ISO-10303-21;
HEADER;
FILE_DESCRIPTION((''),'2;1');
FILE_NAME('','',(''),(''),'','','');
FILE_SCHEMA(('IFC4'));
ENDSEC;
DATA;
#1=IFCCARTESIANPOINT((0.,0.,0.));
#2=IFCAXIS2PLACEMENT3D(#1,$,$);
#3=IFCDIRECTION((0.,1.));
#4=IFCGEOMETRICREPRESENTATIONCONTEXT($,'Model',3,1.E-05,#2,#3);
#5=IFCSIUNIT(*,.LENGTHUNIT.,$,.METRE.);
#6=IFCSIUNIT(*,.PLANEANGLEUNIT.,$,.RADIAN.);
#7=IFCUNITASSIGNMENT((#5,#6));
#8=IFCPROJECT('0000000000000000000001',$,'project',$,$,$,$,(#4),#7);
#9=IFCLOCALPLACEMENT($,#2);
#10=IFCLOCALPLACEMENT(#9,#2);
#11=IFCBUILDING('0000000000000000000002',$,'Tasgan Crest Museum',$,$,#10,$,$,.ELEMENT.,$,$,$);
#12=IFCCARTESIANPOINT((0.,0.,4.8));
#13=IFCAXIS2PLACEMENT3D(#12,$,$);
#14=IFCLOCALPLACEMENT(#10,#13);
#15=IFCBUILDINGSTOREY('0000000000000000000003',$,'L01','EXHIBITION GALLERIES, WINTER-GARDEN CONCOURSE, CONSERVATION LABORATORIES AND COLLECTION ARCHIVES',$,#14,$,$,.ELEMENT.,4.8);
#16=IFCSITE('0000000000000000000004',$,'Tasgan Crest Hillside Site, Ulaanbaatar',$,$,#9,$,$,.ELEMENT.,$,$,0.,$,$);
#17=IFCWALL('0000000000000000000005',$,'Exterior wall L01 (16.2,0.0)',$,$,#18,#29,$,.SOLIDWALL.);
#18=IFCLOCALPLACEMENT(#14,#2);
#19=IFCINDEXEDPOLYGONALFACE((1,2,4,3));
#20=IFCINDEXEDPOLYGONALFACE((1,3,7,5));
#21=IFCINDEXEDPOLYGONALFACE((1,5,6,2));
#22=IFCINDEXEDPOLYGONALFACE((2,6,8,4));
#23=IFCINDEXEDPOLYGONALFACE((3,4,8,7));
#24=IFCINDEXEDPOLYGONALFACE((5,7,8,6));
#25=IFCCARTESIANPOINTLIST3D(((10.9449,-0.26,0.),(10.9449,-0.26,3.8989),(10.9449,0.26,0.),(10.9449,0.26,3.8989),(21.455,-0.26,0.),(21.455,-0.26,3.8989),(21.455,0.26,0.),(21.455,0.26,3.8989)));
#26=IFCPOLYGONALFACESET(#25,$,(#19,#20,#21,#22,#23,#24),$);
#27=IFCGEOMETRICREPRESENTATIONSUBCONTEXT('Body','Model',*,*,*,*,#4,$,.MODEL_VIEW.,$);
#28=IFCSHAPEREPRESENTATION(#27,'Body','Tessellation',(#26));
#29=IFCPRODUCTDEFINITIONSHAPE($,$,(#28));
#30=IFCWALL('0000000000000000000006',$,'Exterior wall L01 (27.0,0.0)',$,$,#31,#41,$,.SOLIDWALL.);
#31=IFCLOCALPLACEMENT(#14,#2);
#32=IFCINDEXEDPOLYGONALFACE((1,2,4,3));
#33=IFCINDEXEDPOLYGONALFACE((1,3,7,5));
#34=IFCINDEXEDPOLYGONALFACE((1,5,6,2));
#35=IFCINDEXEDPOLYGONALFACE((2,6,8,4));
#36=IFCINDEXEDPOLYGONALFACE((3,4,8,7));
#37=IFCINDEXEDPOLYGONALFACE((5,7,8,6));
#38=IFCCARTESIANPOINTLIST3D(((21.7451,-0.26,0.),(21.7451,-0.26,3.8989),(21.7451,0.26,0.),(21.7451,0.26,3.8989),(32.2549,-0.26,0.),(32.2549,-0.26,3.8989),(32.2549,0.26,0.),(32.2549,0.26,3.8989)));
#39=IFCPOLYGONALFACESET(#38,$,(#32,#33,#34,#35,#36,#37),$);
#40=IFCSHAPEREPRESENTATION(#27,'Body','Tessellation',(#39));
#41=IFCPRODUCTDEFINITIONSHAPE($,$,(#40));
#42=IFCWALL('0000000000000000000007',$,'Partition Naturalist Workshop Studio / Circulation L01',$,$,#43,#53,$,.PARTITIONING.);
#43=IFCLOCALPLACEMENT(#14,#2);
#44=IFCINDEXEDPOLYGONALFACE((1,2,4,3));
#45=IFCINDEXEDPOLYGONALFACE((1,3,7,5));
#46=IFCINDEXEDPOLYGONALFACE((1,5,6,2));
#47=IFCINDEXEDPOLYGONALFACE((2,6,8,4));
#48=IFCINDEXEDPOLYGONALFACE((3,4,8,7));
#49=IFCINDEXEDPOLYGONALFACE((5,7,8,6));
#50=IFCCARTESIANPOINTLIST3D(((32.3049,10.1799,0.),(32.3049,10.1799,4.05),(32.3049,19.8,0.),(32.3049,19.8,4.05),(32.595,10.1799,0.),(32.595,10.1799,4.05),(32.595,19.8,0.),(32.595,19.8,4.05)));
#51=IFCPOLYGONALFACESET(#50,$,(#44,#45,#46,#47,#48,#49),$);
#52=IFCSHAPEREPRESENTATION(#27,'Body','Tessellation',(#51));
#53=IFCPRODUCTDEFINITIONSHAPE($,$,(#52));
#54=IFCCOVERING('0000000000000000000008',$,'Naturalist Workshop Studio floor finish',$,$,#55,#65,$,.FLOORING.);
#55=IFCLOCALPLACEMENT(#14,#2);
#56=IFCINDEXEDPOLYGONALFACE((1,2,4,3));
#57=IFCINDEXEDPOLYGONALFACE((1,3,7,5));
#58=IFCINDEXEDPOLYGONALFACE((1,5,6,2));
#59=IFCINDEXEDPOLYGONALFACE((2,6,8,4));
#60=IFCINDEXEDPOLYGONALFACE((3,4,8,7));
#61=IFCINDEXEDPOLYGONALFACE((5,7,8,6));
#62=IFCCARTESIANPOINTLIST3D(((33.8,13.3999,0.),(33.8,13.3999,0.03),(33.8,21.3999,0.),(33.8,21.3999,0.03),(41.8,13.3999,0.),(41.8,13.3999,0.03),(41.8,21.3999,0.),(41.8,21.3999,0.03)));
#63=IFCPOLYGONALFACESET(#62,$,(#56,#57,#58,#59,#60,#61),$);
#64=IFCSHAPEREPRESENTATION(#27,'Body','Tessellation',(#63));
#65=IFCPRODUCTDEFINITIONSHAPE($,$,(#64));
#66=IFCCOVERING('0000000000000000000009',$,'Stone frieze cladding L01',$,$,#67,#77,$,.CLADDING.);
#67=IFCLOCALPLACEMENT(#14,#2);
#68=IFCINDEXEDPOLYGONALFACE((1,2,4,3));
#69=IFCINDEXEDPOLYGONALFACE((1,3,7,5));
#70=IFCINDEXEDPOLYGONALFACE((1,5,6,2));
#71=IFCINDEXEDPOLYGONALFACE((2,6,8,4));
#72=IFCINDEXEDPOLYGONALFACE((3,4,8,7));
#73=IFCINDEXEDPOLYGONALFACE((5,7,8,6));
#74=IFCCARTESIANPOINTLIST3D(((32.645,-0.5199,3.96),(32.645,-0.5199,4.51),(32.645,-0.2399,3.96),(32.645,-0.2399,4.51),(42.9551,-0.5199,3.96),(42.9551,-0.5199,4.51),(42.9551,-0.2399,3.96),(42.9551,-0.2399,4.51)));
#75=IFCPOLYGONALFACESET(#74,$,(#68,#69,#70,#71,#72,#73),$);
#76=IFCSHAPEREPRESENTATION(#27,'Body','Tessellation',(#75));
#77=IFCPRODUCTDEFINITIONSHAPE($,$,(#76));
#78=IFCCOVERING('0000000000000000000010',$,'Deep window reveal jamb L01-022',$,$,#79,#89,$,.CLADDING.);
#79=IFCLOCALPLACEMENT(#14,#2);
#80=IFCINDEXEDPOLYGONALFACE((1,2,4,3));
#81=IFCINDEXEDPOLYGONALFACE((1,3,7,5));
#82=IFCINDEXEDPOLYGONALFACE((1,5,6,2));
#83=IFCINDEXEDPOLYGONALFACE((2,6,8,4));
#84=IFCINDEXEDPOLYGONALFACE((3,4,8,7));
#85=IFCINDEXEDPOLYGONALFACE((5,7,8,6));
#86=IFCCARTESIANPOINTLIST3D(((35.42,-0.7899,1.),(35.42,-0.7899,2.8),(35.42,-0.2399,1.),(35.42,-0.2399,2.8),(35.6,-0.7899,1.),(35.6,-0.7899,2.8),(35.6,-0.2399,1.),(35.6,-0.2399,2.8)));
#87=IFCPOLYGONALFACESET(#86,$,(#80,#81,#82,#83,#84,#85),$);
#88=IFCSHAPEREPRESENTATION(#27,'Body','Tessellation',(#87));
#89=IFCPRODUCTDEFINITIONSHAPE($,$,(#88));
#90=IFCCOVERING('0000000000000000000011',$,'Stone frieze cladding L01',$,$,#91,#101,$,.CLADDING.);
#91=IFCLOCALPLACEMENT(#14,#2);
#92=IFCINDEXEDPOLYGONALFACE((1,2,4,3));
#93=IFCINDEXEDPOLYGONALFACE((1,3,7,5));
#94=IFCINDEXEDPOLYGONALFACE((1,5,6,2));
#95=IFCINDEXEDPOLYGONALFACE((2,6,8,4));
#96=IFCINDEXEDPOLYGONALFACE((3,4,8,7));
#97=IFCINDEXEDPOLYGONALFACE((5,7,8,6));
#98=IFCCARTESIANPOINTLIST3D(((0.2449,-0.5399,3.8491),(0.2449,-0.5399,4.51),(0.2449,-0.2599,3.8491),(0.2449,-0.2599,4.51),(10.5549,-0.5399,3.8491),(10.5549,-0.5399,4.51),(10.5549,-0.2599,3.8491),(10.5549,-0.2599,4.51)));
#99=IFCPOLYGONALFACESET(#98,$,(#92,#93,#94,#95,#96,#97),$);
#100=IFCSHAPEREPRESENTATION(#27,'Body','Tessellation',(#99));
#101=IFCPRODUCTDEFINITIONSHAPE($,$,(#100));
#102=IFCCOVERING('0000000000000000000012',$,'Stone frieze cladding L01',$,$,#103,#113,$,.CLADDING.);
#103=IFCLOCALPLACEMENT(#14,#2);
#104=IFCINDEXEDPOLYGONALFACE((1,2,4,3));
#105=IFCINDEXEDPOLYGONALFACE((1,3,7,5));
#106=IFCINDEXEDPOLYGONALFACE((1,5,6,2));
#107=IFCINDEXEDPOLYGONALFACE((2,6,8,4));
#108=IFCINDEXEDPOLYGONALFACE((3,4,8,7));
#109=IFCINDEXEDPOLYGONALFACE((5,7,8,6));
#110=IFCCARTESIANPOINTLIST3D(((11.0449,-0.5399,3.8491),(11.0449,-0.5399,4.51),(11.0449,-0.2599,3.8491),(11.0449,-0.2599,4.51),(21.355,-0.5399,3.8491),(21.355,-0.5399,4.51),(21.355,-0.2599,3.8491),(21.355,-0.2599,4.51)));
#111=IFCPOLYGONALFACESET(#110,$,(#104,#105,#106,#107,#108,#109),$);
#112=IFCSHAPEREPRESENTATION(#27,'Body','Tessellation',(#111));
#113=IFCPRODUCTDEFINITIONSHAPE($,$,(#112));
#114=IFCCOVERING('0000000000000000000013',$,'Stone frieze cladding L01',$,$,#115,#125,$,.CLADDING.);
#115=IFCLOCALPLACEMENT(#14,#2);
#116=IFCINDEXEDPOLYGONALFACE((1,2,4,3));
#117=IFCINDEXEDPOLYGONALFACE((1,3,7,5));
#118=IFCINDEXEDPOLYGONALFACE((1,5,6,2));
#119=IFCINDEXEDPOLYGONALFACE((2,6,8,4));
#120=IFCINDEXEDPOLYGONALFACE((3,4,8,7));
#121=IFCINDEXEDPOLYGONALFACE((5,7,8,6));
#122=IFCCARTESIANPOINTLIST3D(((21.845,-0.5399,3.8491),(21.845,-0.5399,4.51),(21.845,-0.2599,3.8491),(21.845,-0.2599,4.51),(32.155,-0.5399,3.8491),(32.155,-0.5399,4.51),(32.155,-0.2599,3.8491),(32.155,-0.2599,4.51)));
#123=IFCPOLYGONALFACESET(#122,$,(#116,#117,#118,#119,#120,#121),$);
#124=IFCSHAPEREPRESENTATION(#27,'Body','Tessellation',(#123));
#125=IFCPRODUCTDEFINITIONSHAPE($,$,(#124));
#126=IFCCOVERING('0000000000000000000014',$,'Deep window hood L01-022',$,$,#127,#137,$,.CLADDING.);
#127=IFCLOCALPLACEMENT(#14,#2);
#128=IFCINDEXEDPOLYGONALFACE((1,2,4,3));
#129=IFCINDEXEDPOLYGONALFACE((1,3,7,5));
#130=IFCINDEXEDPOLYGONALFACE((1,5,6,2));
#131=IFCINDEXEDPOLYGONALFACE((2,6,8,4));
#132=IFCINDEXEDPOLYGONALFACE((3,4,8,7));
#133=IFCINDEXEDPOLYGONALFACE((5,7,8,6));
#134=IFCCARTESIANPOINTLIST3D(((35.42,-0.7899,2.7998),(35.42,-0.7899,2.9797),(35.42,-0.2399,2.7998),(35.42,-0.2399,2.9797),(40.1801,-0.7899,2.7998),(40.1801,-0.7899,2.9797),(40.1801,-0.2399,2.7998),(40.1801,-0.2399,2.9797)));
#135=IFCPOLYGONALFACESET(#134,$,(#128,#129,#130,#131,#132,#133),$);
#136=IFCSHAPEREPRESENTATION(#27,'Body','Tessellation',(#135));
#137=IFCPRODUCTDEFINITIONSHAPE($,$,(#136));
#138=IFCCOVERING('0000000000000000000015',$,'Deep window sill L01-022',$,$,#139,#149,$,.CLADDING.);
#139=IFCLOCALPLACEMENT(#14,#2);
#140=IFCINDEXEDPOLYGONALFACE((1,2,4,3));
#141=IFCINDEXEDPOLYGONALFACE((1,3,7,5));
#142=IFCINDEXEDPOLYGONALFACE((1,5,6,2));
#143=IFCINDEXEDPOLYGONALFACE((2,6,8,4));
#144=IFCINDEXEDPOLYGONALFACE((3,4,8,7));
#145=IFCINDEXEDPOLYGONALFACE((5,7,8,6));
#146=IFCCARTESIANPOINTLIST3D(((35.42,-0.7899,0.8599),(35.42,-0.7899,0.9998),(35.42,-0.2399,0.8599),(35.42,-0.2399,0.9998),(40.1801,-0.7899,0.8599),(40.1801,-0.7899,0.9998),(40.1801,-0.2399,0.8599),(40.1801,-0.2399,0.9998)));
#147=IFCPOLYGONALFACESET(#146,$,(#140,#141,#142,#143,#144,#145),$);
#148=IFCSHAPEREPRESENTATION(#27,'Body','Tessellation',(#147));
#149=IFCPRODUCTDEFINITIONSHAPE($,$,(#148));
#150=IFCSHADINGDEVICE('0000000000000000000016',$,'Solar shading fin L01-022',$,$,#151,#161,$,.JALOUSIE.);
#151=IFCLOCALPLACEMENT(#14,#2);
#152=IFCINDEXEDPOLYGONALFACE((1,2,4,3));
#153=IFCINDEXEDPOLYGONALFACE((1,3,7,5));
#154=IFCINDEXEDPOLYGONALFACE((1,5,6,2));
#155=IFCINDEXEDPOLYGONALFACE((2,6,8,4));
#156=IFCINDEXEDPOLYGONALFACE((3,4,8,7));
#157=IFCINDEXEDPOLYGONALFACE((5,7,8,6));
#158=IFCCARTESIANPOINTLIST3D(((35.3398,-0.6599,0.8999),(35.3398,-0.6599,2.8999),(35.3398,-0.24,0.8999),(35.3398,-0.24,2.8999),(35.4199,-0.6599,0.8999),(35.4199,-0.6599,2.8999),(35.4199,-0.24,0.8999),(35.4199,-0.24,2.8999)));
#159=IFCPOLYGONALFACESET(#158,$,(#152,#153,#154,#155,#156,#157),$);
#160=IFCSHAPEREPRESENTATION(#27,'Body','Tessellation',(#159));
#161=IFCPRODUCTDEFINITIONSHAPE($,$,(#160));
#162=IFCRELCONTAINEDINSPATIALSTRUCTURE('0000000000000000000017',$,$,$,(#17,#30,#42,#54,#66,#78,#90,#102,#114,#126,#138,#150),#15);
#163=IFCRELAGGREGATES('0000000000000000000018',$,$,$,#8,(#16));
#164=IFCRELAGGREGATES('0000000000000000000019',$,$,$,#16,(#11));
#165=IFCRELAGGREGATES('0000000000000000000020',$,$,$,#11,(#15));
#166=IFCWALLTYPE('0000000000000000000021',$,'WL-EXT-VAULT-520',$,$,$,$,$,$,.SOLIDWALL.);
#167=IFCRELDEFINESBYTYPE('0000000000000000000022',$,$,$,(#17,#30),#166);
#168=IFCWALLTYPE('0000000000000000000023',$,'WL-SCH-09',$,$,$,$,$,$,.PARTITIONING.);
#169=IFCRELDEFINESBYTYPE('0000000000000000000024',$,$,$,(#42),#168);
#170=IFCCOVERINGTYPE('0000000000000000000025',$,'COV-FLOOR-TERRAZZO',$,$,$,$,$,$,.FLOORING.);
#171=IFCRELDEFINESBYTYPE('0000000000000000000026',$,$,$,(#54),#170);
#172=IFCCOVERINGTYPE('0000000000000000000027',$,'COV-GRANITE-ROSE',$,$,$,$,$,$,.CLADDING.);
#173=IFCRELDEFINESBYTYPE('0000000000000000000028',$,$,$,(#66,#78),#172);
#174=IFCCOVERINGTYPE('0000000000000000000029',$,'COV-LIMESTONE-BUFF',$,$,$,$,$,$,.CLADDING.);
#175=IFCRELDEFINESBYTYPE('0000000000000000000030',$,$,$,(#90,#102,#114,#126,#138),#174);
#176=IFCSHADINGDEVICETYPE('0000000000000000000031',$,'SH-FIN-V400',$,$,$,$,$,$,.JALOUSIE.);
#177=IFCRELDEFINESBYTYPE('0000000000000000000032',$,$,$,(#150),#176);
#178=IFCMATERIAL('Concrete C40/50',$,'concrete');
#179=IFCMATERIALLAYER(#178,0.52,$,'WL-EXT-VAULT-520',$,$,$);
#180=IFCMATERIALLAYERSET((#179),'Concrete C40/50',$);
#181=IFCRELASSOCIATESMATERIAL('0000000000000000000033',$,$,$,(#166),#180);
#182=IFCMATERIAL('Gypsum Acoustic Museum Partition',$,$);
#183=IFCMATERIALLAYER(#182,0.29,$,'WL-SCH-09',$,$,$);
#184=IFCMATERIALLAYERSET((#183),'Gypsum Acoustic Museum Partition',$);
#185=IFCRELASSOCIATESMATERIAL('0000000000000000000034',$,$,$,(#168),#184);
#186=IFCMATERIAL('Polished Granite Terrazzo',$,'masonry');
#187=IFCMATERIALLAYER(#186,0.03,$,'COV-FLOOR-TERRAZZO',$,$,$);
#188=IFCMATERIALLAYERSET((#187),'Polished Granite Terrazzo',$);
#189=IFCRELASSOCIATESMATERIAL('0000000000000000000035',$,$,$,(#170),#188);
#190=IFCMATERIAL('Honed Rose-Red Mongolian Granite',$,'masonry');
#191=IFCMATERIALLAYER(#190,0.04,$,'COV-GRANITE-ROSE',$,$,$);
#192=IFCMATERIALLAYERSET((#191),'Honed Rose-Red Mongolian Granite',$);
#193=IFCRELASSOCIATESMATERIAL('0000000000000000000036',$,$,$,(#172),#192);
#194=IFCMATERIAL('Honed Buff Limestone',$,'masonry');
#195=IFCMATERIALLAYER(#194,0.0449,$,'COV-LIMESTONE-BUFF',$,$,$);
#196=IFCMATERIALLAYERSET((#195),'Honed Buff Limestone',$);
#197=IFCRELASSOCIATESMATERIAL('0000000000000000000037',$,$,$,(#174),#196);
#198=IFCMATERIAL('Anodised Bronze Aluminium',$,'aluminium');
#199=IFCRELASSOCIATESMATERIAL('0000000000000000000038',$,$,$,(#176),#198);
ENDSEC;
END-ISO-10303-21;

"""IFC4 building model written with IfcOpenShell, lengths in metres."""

from ifc_helpers import new_model, si_unit, direction, frame, frame_2d, origin, origin_2d, place, context, subcontext, project, spatial, rectangle, extrude, material, layer, layer_set, type_object, element, save


model = new_model("IFC4")

# Units and contexts
model_context = context("Model", 3, precision=1e-05, world=origin(), true_north=direction((0.0, 1.0)))
body_context = subcontext(model_context, "Body", "Model", "MODEL_VIEW")
ifc_project = project(units=[si_unit("LENGTHUNIT", "METRE"), si_unit("PLANEANGLEUNIT", "RADIAN")], contexts=[model_context])

# Site, building, storey
site_placement = place(None, origin())
site = spatial("IfcSite", under=ifc_project, at=site_placement, Name="Tasgan Crest Hillside Site, Ulaanbaatar", CompositionType="ELEMENT", RefElevation=0.0)
building_placement = place(site_placement, origin())
building = spatial("IfcBuilding", under=site, at=building_placement, Name="Tasgan Crest Museum", CompositionType="ELEMENT")
storey_placement = place(building_placement, frame((0.0, 0.0, 4.8)))
storey = spatial("IfcBuildingStorey", under=building, at=storey_placement, Name="L01", Description="EXHIBITION GALLERIES, WINTER-GARDEN CONCOURSE, CONSERVATION LABORATORIES AND COLLECTION ARCHIVES", CompositionType="ELEMENT", Elevation=4.8)

# Walls
ifc_material_1 = material(Name="Concrete C40/50", Category="concrete")
ifc_layer_1 = layer(ifc_material_1, 0.52, Name="WL-EXT-VAULT-520")
ifc_layer_set_1 = layer_set([ifc_layer_1], Name="Concrete C40/50")
wall_type_1 = type_object("IfcWallType", Name="WL-EXT-VAULT-520", PredefinedType="SOLIDWALL", material=ifc_layer_set_1)
for number, where, z_axis, x_axis, name in (
    (1, (10.9451, 0.0, 0.0), (0.0, 0.0, 1.0), (1.0, 0.0, 0.0), "Exterior wall L01 (16.2,0.0)"),
):
    element("IfcWall", number, at=place(storey_placement, frame(where, z_axis=z_axis, x_axis=x_axis)), inside=storey, type_object=wall_type_1, Name=name, PredefinedType="SOLIDWALL", context=body_context, shape_type="SweptSolid", body=[
        extrude(rectangle(XDim=10.51, YDim=0.52, at=frame_2d((5.2549, 0.0))), origin(), (0.0, 0.0, 1.0), 3.8989),
    ])
wall_1_placement = place(storey_placement, frame((21.7451, 0.0, 0.0), z_axis=(0.0, 0.0, 1.0), x_axis=(1.0, 0.0, 0.0)))
element("IfcWall", 2, at=wall_1_placement, inside=storey, type_object=wall_type_1, Name="Exterior wall L01 (27.0,0.0)", PredefinedType="SOLIDWALL", context=body_context, shape_type="SweptSolid", body=[
    extrude(rectangle(XDim=10.5098, YDim=0.52, at=frame_2d((5.2549, 0.0))), origin(), (0.0, 0.0, 1.0), 3.8989),
])
ifc_material_2 = material(Name="Gypsum Acoustic Museum Partition")
ifc_layer_2 = layer(ifc_material_2, 0.29, Name="WL-SCH-09")
ifc_layer_set_2 = layer_set([ifc_layer_2], Name="Gypsum Acoustic Museum Partition")
wall_type_2 = type_object("IfcWallType", Name="WL-SCH-09", PredefinedType="PARTITIONING", material=ifc_layer_set_2)
wall_2_placement = place(storey_placement, frame((32.45, 10.1799, 0.0), z_axis=(0.0, 0.0, 1.0), x_axis=(0.0, 1.0, 0.0)))
element("IfcWall", 3, at=wall_2_placement, inside=storey, type_object=wall_type_2, Name="Partition Naturalist Workshop Studio / Circulation L01", PredefinedType="PARTITIONING", context=body_context, shape_type="SweptSolid", body=[
    extrude(rectangle(XDim=9.6201, YDim=0.29, at=frame_2d((4.8101, 0.0))), origin(), (0.0, 0.0, 1.0), 4.05),
])

# Coverings
ifc_material_3 = material(Name="Polished Granite Terrazzo", Category="masonry")
ifc_layer_3 = layer(ifc_material_3, 0.03, Name="COV-FLOOR-TERRAZZO")
ifc_layer_set_3 = layer_set([ifc_layer_3], Name="Polished Granite Terrazzo")
covering_type_1 = type_object("IfcCoveringType", Name="COV-FLOOR-TERRAZZO", PredefinedType="FLOORING", material=ifc_layer_set_3)
covering_1_placement = place(storey_placement, frame((37.8, 17.3999, 0.0), z_axis=(0.0, 0.0, 1.0), x_axis=(1.0, 0.0, 0.0)))
element("IfcCovering", 4, at=covering_1_placement, inside=storey, type_object=covering_type_1, Name="Naturalist Workshop Studio floor finish", PredefinedType="FLOORING", context=body_context, shape_type="SweptSolid", body=[
    extrude(rectangle(XDim=8.0, YDim=8.0, at=origin_2d()), origin(), (0.0, 0.0, 1.0), 0.03),
])
ifc_material_4 = material(Name="Honed Rose-Red Mongolian Granite", Category="masonry")
ifc_layer_4 = layer(ifc_material_4, 0.04, Name="COV-GRANITE-ROSE")
ifc_layer_set_4 = layer_set([ifc_layer_4], Name="Honed Rose-Red Mongolian Granite")
covering_type_2 = type_object("IfcCoveringType", Name="COV-GRANITE-ROSE", PredefinedType="CLADDING", material=ifc_layer_set_4)
covering_2_placement = place(storey_placement, frame((37.8, -0.3799, 3.96), z_axis=(0.0, 0.0, 1.0), x_axis=(1.0, 0.0, 0.0)))
element("IfcCovering", 5, at=covering_2_placement, inside=storey, type_object=covering_type_2, Name="Stone frieze cladding L01", PredefinedType="CLADDING", context=body_context, shape_type="SweptSolid", body=[
    extrude(rectangle(XDim=10.3101, YDim=0.28, at=origin_2d()), origin(), (0.0, 0.0, 1.0), 0.55),
])
covering_3_placement = place(storey_placement, frame((35.51, -0.5149, 1.0), z_axis=(0.0, 0.0, 1.0), x_axis=(1.0, 0.0, 0.0)))
element("IfcCovering", 6, at=covering_3_placement, inside=storey, type_object=covering_type_2, Name="Deep window reveal jamb L01-022", PredefinedType="CLADDING", context=body_context, shape_type="SweptSolid", body=[
    extrude(rectangle(XDim=0.1799, YDim=0.55, at=origin_2d()), origin(), (0.0, 0.0, 1.0), 1.8),
])
ifc_material_5 = material(Name="Honed Buff Limestone", Category="masonry")
ifc_layer_5 = layer(ifc_material_5, 0.0449, Name="COV-LIMESTONE-BUFF")
ifc_layer_set_5 = layer_set([ifc_layer_5], Name="Honed Buff Limestone")
covering_type_3 = type_object("IfcCoveringType", Name="COV-LIMESTONE-BUFF", PredefinedType="CLADDING", material=ifc_layer_set_5)
for number, where, z_axis, x_axis, name in (
    (7, (5.3999, -0.3999, 3.8491), (0.0, 0.0, 1.0), (1.0, 0.0, 0.0), "Stone frieze cladding L01"),
    (8, (16.2, -0.3999, 3.8491), (0.0, 0.0, 1.0), (1.0, 0.0, 0.0), "Stone frieze cladding L01"),
    (9, (27.0, -0.3999, 3.8491), (0.0, 0.0, 1.0), (1.0, 0.0, 0.0), "Stone frieze cladding L01"),
):
    element("IfcCovering", number, at=place(storey_placement, frame(where, z_axis=z_axis, x_axis=x_axis)), inside=storey, type_object=covering_type_3, Name=name, PredefinedType="CLADDING", context=body_context, shape_type="SweptSolid", body=[
        extrude(rectangle(XDim=10.3101, YDim=0.28, at=origin_2d()), origin(), (0.0, 0.0, 1.0), 0.6609),
    ])
covering_4_placement = place(storey_placement, frame((37.8, -0.5149, 2.7998), z_axis=(0.0, 0.0, 1.0), x_axis=(1.0, 0.0, 0.0)))
element("IfcCovering", 10, at=covering_4_placement, inside=storey, type_object=covering_type_3, Name="Deep window hood L01-022", PredefinedType="CLADDING", context=body_context, shape_type="SweptSolid", body=[
    extrude(rectangle(XDim=4.76, YDim=0.55, at=origin_2d()), origin(), (0.0, 0.0, 1.0), 0.1799),
])
covering_5_placement = place(storey_placement, frame((37.8, -0.5149, 0.8599), z_axis=(0.0, 0.0, 1.0), x_axis=(1.0, 0.0, 0.0)))
element("IfcCovering", 11, at=covering_5_placement, inside=storey, type_object=covering_type_3, Name="Deep window sill L01-022", PredefinedType="CLADDING", context=body_context, shape_type="SweptSolid", body=[
    extrude(rectangle(XDim=4.76, YDim=0.55, at=origin_2d()), origin(), (0.0, 0.0, 1.0), 0.1399),
])

# Shading device
ifc_material_6 = material(Name="Anodised Bronze Aluminium", Category="aluminium")
shading_device_type = type_object("IfcShadingDeviceType", Name="SH-FIN-V400", PredefinedType="JALOUSIE", material=ifc_material_6)
shading_device_placement = place(storey_placement, frame((35.3799, -0.45, 0.8999), z_axis=(0.0, 0.0, 1.0), x_axis=(1.0, 0.0, 0.0)))
element("IfcShadingDevice", 12, at=shading_device_placement, inside=storey, type_object=shading_device_type, Name="Solar shading fin L01-022", PredefinedType="JALOUSIE", context=body_context, shape_type="SweptSolid", body=[
    extrude(rectangle(XDim=0.0801, YDim=0.4199, at=origin_2d()), origin(), (0.0, 0.0, 1.0), 2.0),
])

save(model, "model.ifc")
